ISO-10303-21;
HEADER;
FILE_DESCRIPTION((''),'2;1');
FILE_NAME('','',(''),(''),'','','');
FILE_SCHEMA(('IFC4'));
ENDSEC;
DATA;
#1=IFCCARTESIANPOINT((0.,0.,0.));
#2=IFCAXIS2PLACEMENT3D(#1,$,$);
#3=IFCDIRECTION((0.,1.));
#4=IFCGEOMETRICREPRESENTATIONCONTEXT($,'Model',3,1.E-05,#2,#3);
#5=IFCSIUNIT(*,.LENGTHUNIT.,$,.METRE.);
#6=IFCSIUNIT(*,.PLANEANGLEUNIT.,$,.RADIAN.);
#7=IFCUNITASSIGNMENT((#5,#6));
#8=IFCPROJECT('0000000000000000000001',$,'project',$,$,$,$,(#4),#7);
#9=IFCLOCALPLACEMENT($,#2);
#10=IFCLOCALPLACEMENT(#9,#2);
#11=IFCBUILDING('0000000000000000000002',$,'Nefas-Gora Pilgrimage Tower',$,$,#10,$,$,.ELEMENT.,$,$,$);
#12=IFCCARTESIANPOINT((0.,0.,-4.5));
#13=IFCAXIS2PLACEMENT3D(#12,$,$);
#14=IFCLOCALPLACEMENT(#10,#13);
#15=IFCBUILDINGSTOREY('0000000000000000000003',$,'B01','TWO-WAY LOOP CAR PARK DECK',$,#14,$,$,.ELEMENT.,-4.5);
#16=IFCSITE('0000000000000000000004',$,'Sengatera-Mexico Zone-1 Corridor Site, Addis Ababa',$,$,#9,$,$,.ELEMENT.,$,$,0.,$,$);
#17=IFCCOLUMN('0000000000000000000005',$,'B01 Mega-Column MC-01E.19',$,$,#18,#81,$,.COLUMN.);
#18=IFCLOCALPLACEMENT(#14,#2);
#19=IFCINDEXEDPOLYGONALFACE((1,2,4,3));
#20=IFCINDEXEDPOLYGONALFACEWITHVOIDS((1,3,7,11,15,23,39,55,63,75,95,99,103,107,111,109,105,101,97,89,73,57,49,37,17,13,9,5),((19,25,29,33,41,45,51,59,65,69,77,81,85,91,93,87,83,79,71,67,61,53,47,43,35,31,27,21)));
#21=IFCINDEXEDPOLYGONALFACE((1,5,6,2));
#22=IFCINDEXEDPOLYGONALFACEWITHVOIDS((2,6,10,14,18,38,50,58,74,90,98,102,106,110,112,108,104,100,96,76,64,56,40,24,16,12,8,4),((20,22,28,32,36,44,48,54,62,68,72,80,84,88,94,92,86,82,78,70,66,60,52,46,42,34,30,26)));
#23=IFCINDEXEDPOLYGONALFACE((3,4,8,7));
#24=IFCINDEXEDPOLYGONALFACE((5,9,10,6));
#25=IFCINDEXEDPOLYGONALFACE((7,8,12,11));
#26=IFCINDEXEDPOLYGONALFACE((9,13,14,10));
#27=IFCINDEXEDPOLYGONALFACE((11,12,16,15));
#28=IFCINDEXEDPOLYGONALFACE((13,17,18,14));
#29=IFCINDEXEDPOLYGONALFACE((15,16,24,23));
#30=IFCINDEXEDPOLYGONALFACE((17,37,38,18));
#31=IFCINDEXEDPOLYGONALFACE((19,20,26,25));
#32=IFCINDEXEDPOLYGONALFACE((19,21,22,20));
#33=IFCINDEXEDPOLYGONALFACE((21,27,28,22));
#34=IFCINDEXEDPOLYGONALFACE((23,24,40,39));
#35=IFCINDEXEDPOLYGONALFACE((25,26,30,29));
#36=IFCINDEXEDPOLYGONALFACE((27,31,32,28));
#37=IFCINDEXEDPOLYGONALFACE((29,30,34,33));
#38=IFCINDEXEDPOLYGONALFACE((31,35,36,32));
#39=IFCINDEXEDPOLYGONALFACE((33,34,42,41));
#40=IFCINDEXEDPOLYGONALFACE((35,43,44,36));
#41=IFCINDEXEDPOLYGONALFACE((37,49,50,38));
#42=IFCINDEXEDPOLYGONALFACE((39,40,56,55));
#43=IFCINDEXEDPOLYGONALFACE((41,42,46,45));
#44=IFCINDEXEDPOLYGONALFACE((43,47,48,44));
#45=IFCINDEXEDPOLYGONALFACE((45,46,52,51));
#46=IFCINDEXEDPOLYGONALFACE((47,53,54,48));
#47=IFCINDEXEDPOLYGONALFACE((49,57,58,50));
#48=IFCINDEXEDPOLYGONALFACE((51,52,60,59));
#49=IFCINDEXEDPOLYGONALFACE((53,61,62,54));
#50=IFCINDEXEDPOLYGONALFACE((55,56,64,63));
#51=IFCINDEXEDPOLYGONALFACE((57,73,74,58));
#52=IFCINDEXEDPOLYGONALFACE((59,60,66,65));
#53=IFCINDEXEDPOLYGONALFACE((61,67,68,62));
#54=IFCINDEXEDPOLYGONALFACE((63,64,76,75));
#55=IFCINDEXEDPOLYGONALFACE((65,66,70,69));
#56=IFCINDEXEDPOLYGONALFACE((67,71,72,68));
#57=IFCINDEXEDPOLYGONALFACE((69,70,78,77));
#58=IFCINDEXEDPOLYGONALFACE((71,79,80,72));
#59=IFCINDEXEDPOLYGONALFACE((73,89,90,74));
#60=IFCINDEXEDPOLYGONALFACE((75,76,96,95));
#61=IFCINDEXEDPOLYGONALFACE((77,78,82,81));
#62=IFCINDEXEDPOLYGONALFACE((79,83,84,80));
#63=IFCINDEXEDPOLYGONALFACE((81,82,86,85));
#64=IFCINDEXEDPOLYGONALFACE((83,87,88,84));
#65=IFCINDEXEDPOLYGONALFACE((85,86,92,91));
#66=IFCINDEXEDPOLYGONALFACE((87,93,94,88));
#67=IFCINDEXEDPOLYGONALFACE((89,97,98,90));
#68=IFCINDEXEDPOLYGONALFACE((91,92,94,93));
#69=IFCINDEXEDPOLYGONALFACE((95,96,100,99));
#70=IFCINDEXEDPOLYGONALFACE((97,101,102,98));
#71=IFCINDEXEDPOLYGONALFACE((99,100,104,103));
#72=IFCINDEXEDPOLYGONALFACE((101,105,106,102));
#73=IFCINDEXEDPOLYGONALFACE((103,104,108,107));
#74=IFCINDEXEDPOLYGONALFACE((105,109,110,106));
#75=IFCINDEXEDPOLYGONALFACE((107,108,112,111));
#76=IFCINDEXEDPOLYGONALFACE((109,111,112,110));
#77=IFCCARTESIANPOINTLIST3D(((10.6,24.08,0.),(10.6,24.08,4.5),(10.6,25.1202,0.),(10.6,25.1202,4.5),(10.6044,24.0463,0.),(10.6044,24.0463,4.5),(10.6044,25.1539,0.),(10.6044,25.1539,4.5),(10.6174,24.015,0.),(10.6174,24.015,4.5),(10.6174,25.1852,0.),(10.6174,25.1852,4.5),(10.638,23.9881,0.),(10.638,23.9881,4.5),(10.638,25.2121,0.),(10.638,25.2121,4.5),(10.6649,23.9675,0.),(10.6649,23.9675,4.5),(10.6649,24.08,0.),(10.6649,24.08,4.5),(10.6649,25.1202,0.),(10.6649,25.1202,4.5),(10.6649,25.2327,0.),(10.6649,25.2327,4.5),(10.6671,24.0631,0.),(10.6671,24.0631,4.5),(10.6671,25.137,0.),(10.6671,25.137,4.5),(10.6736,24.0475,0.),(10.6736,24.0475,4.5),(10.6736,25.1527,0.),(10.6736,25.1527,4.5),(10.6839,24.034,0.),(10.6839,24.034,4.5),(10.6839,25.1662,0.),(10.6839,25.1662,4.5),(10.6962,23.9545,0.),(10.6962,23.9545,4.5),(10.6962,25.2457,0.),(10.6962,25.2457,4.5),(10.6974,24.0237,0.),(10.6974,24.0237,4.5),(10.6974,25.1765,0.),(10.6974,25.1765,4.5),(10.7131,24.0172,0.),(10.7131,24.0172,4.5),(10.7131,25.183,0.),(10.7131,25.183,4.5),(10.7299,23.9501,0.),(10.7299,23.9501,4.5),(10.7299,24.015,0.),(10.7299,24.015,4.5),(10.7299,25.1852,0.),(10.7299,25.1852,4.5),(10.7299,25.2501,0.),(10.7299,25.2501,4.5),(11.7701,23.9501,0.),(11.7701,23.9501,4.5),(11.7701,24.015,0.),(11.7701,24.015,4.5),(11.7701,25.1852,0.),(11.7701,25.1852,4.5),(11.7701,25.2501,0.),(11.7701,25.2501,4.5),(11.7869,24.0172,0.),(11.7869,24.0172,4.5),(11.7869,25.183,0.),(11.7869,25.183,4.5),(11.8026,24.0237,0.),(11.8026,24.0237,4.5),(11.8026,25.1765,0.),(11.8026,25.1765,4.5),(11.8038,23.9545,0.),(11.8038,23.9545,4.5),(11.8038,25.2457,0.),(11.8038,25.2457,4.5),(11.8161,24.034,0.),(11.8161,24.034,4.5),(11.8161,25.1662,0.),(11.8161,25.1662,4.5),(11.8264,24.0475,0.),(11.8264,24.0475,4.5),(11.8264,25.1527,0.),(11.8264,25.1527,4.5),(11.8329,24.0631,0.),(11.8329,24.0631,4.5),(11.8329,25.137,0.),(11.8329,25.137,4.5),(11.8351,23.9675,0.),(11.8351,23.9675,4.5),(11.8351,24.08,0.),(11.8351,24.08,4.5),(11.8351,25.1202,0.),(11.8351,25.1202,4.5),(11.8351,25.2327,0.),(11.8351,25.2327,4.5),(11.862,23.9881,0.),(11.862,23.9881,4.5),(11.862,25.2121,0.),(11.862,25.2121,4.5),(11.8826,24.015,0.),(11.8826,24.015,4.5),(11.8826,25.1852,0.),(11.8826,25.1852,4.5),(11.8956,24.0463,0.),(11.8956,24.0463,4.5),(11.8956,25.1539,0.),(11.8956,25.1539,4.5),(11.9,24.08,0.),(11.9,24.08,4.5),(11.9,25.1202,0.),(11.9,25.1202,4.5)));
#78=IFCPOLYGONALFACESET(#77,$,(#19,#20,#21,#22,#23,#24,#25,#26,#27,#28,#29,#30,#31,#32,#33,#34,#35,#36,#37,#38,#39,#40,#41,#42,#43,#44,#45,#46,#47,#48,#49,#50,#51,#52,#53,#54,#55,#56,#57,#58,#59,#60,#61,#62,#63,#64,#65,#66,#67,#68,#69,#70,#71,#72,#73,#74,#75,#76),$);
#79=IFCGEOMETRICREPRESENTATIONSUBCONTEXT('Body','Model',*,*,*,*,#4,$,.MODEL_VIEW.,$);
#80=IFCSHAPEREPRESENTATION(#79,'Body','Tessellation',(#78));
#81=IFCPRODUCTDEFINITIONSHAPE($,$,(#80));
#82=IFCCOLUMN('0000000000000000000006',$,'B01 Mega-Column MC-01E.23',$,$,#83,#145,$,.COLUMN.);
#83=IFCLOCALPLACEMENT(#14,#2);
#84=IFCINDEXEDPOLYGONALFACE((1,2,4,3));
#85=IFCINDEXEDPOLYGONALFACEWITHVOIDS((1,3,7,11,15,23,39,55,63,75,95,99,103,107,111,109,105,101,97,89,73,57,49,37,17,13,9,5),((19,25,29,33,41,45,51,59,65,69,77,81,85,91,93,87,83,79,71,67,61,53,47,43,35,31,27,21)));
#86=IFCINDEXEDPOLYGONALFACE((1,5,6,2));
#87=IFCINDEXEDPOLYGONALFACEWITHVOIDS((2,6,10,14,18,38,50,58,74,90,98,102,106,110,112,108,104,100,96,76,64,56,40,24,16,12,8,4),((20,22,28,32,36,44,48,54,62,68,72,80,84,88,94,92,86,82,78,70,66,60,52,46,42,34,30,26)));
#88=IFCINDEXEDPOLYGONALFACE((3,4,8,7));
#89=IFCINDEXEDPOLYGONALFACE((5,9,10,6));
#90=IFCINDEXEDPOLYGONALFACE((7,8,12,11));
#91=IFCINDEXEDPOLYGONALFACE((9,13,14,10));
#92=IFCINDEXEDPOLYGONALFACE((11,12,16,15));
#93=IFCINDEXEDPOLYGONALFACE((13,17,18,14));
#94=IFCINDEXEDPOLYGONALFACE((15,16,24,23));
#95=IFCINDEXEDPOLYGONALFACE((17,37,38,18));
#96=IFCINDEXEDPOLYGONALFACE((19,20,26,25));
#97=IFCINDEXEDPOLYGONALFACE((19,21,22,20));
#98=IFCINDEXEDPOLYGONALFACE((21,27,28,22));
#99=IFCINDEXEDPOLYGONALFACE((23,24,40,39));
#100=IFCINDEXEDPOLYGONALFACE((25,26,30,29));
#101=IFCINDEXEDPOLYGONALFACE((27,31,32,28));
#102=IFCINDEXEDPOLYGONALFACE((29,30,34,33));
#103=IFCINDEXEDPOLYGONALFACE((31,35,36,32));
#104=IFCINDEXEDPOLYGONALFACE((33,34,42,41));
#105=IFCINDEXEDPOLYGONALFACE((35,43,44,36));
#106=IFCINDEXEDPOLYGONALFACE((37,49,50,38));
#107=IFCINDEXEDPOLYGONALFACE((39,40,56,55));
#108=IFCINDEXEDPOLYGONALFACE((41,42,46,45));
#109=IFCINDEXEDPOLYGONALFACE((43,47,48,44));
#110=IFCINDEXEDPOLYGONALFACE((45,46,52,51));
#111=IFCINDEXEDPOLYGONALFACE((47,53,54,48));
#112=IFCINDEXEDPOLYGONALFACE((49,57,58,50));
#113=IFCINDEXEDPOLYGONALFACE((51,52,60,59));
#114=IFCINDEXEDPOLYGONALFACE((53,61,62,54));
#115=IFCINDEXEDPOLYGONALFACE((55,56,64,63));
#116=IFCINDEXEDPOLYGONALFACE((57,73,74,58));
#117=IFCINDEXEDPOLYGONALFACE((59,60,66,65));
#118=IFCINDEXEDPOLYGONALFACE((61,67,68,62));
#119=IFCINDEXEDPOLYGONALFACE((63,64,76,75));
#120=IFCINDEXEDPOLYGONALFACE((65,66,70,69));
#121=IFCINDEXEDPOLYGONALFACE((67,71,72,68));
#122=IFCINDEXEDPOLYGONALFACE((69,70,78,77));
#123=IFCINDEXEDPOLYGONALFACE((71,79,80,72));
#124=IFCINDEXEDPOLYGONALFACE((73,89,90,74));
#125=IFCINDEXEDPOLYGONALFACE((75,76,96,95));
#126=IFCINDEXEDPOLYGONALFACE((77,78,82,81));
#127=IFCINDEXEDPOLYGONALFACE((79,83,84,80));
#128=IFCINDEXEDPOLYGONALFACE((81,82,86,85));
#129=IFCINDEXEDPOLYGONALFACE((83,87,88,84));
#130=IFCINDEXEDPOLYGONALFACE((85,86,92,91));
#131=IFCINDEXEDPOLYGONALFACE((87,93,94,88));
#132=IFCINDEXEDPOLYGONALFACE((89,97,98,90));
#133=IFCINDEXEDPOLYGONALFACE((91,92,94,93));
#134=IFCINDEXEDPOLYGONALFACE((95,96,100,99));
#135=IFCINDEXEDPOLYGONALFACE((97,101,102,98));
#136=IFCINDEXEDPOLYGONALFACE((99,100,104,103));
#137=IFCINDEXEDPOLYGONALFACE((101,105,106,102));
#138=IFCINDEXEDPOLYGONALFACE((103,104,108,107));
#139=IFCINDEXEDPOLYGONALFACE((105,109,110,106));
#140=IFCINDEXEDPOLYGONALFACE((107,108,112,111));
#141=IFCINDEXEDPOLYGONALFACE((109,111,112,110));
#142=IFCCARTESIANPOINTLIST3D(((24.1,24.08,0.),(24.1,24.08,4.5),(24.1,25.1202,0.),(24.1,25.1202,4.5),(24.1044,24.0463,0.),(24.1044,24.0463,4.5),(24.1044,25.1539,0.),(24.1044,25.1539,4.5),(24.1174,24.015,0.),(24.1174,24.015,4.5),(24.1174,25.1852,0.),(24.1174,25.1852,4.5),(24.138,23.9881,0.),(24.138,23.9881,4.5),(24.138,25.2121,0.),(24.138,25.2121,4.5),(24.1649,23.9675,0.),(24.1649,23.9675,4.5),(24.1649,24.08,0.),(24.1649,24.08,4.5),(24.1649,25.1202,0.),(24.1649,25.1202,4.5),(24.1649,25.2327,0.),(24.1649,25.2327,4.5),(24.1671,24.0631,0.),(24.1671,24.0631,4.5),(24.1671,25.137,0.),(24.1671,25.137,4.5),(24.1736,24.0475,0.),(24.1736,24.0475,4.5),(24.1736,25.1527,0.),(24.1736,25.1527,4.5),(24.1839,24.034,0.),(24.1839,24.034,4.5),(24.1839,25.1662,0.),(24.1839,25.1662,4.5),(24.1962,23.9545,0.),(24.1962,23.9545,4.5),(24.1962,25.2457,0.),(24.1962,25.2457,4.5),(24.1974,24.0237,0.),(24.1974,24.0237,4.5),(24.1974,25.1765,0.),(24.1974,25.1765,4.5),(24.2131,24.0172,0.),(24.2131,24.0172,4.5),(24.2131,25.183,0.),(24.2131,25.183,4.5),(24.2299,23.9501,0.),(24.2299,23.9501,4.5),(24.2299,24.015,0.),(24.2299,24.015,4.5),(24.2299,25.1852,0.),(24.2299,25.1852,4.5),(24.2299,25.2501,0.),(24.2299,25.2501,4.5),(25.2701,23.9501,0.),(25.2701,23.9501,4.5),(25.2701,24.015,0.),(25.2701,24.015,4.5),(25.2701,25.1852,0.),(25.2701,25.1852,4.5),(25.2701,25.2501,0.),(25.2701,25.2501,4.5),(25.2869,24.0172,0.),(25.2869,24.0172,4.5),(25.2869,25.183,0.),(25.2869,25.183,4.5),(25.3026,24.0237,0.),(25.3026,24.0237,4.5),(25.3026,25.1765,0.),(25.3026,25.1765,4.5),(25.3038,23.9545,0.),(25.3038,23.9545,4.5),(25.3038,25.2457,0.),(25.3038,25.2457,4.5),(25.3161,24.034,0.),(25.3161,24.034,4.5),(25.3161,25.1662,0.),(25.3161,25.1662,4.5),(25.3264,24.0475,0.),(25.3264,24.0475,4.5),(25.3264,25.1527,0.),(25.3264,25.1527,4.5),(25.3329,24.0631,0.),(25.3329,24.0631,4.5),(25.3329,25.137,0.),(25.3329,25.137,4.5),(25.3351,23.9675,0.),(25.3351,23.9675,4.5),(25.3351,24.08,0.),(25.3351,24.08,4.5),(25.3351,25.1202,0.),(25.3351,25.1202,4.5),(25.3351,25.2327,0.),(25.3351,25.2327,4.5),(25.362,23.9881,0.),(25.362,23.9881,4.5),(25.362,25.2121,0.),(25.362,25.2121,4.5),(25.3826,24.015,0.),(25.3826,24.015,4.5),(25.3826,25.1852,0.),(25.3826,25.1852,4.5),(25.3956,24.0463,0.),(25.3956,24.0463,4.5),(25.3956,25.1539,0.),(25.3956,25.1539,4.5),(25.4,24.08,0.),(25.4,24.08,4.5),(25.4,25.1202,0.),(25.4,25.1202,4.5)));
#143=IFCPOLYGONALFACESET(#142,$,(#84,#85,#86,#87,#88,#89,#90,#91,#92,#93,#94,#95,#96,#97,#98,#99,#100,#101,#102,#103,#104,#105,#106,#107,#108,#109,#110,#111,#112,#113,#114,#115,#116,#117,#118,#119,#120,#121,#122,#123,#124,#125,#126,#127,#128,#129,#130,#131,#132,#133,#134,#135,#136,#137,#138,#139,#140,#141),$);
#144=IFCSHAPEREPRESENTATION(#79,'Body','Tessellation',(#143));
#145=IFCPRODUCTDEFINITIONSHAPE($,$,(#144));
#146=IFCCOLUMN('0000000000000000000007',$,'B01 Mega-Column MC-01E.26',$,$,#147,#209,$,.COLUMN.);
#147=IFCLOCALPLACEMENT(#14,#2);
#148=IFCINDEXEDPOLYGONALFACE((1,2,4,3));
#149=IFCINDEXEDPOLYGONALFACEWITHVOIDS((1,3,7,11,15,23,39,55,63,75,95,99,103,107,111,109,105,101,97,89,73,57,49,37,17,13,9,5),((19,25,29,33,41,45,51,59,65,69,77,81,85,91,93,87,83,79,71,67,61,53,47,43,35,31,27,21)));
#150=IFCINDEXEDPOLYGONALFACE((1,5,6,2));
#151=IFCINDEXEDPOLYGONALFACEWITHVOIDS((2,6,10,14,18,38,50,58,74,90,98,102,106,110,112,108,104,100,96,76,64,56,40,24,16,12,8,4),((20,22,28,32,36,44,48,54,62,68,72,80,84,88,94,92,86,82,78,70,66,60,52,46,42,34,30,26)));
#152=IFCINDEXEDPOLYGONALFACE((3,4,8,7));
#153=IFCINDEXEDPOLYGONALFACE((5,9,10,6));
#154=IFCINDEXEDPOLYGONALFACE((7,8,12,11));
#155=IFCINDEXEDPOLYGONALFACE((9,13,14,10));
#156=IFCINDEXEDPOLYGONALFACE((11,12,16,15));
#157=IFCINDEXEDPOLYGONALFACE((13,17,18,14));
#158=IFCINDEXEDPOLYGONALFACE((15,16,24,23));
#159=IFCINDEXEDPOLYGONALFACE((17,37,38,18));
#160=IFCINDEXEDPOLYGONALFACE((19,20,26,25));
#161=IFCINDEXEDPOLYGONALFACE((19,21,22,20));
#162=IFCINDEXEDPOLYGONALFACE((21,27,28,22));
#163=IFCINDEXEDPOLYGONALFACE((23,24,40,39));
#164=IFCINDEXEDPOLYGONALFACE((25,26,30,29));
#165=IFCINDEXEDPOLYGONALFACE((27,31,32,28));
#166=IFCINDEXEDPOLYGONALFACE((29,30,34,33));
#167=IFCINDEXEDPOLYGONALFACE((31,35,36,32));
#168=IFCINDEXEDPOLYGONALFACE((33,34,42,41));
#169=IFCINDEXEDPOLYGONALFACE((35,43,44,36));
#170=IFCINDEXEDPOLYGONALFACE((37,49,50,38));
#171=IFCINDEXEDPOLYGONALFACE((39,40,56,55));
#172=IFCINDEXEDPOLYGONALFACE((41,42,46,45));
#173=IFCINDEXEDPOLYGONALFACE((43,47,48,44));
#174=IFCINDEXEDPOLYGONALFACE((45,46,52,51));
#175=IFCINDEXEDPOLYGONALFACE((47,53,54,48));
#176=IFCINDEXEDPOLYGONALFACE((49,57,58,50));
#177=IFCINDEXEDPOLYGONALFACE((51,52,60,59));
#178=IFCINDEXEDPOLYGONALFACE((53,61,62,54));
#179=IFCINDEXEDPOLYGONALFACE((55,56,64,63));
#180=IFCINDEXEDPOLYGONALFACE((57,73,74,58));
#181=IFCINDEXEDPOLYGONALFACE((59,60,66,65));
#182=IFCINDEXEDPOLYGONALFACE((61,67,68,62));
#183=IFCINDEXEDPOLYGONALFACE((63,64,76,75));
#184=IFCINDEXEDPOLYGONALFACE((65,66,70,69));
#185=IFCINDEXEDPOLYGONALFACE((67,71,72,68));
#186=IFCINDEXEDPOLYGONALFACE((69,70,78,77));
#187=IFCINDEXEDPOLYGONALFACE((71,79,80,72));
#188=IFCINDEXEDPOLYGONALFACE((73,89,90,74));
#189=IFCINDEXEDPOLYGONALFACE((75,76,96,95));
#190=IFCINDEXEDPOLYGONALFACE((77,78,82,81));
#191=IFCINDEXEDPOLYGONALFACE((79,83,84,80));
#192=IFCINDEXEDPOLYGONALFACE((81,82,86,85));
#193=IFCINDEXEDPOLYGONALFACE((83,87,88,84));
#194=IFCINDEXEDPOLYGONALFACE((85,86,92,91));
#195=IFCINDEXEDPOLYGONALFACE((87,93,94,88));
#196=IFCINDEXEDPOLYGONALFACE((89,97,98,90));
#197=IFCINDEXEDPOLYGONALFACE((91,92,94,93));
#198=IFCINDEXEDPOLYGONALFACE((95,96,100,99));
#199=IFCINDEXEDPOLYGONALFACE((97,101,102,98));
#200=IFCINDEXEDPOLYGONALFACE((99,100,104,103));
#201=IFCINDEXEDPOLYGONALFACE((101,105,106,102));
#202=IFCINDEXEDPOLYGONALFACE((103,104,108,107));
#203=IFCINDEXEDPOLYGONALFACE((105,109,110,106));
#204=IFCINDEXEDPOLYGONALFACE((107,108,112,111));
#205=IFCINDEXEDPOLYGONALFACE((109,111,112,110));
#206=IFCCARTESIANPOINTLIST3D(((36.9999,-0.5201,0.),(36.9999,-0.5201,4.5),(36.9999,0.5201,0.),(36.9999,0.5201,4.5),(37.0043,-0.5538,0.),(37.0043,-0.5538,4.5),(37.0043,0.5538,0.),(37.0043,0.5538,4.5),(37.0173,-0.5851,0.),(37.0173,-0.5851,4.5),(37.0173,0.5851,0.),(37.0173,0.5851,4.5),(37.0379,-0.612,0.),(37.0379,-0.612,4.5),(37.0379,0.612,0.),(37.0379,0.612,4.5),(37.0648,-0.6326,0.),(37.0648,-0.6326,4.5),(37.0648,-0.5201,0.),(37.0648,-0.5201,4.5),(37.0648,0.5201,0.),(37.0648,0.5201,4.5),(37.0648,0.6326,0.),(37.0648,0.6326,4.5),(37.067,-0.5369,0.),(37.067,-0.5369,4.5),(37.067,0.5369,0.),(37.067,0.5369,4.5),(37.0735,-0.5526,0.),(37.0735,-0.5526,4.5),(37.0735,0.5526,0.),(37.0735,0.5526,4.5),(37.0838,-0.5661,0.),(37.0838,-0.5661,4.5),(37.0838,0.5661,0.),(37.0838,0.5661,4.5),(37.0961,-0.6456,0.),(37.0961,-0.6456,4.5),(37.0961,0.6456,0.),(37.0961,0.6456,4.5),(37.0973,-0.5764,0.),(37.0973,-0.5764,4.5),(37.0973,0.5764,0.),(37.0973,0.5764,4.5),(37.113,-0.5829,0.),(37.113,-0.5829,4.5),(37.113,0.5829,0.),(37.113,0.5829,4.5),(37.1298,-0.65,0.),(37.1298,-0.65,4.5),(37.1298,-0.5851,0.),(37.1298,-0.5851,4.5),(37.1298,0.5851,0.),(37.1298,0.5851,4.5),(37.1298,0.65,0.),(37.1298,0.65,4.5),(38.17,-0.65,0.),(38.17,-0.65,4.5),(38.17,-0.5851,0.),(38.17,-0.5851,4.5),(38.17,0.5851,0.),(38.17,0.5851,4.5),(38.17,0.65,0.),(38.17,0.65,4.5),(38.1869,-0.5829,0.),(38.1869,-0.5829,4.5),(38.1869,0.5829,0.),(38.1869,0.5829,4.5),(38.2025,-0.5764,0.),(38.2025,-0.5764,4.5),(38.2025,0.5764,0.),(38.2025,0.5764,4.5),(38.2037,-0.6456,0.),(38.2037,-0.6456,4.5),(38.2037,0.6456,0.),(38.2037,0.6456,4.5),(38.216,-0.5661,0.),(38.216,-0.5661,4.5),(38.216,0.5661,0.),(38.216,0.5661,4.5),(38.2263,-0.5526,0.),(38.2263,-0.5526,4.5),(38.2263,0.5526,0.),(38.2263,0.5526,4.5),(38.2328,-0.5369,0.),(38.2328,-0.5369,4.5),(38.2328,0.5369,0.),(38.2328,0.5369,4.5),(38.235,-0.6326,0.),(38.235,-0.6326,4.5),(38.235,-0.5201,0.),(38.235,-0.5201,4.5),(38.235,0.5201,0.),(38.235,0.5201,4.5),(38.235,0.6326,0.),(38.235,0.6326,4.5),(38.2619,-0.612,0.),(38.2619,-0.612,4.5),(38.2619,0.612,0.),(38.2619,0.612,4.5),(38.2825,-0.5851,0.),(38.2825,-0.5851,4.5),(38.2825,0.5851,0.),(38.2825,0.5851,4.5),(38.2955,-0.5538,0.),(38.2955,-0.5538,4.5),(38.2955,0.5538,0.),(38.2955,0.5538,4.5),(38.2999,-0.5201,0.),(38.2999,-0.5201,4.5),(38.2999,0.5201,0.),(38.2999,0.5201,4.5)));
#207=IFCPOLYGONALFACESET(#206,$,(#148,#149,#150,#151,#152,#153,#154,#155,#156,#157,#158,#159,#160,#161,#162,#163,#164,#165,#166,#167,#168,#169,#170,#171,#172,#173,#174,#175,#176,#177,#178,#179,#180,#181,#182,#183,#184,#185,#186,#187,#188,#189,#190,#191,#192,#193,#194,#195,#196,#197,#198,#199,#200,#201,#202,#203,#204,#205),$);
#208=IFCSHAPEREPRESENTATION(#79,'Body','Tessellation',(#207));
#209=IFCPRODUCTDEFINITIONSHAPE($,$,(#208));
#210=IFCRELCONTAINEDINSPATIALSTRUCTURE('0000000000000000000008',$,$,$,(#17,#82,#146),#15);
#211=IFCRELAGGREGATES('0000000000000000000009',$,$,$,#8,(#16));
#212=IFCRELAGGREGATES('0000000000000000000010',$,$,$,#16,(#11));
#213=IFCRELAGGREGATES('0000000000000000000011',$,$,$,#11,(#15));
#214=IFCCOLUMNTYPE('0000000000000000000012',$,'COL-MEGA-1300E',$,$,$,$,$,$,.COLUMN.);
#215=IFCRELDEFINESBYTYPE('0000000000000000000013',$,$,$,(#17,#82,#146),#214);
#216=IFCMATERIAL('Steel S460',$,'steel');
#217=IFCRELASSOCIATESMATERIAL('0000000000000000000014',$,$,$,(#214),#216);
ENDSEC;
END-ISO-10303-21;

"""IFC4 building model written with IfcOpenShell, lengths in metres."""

from ifc_helpers import new_model, si_unit, direction, frame, origin, origin_2d, place, context, subcontext, project, spatial, hollow_rectangle, extrude, source, transform, mapped, material, material_profile, profile_set, type_object, element, save


model = new_model("IFC4")

# Units and contexts
model_context = context("Model", 3, precision=1e-05, world=origin(), true_north=direction((0.0, 1.0)))
body_context = subcontext(model_context, "Body", "Model", "MODEL_VIEW")
ifc_project = project(units=[si_unit("LENGTHUNIT", "METRE"), si_unit("PLANEANGLEUNIT", "RADIAN")], contexts=[model_context])

# Site, building, storey
site_placement = place(None, origin())
site = spatial("IfcSite", under=ifc_project, at=site_placement, Name="Sengatera-Mexico Zone-1 Corridor Site, Addis Ababa", CompositionType="ELEMENT", RefElevation=0.0)
building_placement = place(site_placement, origin())
building = spatial("IfcBuilding", under=site, at=building_placement, Name="Nefas-Gora Pilgrimage Tower", CompositionType="ELEMENT")
storey_placement = place(building_placement, frame((0.0, 0.0, -4.5)))
storey = spatial("IfcBuildingStorey", under=building, at=storey_placement, Name="B01", Description="TWO-WAY LOOP CAR PARK DECK", CompositionType="ELEMENT", Elevation=-4.5)

# Columns
ifc_material_1 = material(Name="Steel S460", Category="steel")
ifc_material_profile_1 = material_profile(ifc_material_1, hollow_rectangle(XDim=1.3, YDim=1.3, WallThickness=0.0649, InnerFilletRadius=0.0649, OuterFilletRadius=0.1299, at=origin_2d()), Name="BOX 1300x1300x65")
ifc_profile_set_1 = profile_set([ifc_material_profile_1], Name="Steel S460")
column_type_1 = type_object("IfcColumnType", Name="COL-MEGA-1300E", PredefinedType="COLUMN", material=ifc_profile_set_1)
shared_shape_1 = source(origin(), body_context, "Body", "SweptSolid", [
    extrude(hollow_rectangle(XDim=1.3, YDim=1.3, WallThickness=0.0649, InnerFilletRadius=0.0649, OuterFilletRadius=0.1299, at=origin_2d()), origin(), (0.0, 0.0, 1.0), 4.5),
])
for number, where, z_axis, x_axis, name in (
    (1, (11.25, 24.6001, 0.0), (0.0, 0.0, 1.0), (1.0, 0.0, 0.0), "B01 Mega-Column MC-01E.19"),
    (2, (24.75, 24.6001, 0.0), (0.0, 0.0, 1.0), (1.0, 0.0, 0.0), "B01 Mega-Column MC-01E.23"),
    (3, (37.6499, 0.0, 0.0), (0.0, 0.0, 1.0), (1.0, 0.0, 0.0), "B01 Mega-Column MC-01E.26"),
):
    element("IfcColumn", number, at=place(storey_placement, frame(where, z_axis=z_axis, x_axis=x_axis)), inside=storey, type_object=column_type_1, Name=name, PredefinedType="COLUMN", context=body_context, shape_type="MappedRepresentation", body=[
        mapped(shared_shape_1, transform((0.0, 0.0, 0.0), x_axis=(1.0, 0.0, 0.0), y_axis=(0.0, 1.0, 0.0), z_axis=(0.0, 0.0, 1.0), scale=1.0)),
    ])

save(model, "model.ifc")
